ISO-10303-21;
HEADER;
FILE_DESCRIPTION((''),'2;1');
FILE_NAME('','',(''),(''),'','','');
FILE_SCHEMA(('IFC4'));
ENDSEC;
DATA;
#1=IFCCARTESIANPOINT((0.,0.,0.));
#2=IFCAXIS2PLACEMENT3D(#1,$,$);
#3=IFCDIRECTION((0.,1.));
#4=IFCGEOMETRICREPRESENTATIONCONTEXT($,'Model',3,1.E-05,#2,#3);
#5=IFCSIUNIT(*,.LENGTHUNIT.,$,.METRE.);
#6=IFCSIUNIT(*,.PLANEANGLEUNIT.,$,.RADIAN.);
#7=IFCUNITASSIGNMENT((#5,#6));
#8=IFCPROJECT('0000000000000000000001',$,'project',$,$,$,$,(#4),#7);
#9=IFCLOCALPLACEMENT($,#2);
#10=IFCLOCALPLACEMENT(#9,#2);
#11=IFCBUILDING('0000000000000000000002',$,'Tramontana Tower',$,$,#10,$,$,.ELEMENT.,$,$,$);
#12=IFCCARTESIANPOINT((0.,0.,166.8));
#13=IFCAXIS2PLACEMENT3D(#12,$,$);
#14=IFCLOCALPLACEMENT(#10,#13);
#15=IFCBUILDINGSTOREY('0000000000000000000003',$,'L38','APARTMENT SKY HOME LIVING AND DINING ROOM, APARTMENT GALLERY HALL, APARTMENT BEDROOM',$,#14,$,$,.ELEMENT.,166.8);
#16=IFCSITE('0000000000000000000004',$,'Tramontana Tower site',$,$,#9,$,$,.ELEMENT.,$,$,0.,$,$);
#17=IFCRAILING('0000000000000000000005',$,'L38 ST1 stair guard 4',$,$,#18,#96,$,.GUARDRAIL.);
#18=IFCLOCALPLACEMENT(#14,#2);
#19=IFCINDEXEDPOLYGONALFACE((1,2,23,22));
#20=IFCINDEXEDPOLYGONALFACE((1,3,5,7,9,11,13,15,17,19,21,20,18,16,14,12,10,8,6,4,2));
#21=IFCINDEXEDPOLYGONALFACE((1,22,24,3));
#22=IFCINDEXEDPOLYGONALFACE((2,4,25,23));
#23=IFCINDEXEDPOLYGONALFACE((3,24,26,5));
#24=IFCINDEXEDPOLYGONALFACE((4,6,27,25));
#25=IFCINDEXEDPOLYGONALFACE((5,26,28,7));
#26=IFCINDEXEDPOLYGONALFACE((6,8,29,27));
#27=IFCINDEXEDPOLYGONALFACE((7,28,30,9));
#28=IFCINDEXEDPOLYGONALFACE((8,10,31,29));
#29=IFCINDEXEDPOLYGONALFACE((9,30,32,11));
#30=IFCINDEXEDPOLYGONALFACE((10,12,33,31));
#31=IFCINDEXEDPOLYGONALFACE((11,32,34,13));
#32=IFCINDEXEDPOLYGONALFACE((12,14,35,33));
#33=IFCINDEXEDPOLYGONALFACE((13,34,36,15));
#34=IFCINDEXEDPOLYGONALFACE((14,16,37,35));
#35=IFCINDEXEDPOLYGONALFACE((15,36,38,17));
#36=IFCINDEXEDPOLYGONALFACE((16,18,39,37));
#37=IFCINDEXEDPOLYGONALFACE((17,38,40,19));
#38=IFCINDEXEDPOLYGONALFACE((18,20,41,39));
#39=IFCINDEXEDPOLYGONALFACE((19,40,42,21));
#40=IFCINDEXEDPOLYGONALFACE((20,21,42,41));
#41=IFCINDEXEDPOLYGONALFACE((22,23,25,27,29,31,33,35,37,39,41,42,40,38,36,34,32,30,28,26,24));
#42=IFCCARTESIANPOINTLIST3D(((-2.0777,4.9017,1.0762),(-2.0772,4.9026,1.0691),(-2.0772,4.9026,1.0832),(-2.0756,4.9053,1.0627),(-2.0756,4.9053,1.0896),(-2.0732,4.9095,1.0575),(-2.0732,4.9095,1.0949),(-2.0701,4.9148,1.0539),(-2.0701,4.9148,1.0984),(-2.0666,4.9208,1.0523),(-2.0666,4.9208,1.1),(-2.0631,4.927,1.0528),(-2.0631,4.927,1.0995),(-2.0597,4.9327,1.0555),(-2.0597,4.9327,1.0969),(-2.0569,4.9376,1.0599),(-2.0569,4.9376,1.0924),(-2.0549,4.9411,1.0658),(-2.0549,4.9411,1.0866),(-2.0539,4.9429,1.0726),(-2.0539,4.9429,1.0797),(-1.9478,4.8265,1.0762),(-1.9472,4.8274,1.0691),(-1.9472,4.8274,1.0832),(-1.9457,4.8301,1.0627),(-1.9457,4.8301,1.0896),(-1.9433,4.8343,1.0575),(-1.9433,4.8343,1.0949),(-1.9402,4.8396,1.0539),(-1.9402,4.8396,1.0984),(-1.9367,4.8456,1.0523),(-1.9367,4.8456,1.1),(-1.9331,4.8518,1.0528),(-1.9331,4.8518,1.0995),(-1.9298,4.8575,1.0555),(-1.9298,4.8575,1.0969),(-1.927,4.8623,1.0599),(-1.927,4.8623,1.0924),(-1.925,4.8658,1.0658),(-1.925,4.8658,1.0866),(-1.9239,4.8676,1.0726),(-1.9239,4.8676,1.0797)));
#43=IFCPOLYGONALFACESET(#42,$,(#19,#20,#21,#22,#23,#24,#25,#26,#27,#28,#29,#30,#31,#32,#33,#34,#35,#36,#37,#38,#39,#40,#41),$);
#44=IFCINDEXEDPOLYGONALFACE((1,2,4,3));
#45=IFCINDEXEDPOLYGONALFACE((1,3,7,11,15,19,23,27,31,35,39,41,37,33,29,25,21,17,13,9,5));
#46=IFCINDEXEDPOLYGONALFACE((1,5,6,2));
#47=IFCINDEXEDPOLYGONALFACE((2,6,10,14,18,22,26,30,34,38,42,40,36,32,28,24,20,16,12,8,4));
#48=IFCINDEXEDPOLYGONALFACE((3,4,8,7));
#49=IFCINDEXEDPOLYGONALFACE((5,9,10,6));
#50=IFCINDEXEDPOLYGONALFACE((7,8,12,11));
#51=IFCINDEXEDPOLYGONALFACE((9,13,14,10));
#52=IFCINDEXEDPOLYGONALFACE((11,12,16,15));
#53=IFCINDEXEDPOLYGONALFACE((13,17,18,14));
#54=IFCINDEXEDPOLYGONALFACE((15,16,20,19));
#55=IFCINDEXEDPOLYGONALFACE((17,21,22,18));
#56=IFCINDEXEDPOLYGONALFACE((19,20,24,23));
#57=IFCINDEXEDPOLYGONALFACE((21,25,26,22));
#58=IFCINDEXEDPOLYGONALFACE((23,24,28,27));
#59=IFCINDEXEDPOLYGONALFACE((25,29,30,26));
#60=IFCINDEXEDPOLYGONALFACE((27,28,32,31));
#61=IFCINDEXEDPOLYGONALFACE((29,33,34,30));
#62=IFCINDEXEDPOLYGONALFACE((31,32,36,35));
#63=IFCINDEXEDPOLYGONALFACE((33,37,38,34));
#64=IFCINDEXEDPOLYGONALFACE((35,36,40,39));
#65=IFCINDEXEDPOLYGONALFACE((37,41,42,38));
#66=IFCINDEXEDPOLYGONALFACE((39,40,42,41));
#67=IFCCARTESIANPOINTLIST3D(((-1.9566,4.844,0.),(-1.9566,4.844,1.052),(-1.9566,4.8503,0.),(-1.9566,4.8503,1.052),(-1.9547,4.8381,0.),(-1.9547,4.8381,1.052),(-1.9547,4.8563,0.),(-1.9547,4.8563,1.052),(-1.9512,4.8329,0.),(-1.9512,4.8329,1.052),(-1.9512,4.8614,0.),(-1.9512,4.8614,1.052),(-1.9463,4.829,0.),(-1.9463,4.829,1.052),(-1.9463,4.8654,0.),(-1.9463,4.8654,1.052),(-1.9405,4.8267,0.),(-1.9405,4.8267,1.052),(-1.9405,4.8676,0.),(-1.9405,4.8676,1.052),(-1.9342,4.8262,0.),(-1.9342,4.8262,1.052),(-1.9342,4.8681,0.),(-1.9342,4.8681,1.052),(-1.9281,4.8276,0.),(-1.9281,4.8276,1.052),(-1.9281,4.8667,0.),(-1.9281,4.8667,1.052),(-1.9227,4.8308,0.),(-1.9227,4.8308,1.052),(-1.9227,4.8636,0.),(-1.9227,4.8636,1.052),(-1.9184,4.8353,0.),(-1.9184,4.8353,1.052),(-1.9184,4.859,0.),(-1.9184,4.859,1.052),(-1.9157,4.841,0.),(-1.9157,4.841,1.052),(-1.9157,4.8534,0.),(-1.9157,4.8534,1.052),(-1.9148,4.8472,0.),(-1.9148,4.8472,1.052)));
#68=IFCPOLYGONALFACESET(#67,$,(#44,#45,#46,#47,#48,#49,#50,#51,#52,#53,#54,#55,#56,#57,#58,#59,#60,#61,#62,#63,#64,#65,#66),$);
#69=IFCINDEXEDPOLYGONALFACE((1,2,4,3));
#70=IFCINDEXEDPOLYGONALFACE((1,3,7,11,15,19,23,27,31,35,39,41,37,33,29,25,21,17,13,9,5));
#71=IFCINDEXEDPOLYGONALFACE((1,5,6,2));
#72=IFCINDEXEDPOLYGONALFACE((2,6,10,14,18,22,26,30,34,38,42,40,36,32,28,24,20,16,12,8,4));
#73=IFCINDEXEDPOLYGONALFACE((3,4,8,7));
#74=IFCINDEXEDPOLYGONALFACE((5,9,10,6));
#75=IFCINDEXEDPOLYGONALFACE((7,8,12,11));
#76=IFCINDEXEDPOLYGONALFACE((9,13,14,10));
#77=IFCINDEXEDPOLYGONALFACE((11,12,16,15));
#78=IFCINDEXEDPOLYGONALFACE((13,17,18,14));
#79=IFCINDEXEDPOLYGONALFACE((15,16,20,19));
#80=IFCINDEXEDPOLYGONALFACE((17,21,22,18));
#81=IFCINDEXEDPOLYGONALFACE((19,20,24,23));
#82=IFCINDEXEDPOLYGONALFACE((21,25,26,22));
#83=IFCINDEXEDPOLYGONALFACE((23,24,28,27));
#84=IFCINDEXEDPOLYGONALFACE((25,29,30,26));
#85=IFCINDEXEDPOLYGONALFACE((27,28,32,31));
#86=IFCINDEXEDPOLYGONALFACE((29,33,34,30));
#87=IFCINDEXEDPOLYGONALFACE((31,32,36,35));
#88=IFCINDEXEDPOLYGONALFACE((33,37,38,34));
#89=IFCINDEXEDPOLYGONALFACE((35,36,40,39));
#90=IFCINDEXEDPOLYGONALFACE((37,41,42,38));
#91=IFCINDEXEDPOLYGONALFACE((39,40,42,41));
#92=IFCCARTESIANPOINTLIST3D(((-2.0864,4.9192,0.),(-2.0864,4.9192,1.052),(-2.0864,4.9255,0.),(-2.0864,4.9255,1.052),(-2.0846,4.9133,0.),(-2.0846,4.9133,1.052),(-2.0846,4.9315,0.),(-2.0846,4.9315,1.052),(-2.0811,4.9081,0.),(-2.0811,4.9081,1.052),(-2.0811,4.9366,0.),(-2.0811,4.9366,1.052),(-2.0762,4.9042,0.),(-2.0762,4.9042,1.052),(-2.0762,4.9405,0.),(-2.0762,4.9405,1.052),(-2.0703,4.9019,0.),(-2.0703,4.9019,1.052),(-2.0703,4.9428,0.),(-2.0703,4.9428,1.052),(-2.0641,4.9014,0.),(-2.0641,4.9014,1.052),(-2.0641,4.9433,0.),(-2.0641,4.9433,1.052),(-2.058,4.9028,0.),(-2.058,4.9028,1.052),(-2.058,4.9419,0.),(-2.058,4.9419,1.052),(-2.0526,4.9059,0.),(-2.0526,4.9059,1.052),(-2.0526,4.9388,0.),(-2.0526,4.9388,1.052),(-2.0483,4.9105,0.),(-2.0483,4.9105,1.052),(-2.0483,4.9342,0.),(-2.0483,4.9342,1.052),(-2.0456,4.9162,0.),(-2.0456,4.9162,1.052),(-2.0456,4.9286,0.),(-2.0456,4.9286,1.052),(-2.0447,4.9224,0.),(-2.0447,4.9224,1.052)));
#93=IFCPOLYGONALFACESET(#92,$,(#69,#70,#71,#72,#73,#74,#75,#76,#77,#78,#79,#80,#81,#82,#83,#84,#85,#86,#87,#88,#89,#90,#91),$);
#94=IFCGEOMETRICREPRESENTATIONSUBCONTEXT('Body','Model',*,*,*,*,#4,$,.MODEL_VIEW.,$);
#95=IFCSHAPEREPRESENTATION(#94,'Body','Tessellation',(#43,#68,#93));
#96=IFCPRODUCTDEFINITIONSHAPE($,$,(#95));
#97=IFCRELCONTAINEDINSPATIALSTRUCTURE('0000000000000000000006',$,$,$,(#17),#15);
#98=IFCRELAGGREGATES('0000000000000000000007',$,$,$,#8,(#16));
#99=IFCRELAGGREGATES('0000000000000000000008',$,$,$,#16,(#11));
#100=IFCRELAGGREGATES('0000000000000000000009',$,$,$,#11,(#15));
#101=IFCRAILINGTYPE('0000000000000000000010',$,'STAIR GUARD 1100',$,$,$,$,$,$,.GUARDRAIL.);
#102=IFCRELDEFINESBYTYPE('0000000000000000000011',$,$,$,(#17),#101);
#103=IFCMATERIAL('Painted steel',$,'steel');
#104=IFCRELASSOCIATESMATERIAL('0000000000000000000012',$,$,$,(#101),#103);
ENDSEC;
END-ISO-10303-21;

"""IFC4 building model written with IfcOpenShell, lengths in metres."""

from ifc_helpers import new_model, si_unit, direction, frame, origin, origin_2d, place, context, subcontext, project, spatial, circle, extrude, material, type_object, element, save


model = new_model("IFC4")

# Units and contexts
model_context = context("Model", 3, precision=1e-05, world=origin(), true_north=direction((0.0, 1.0)))
body_context = subcontext(model_context, "Body", "Model", "MODEL_VIEW")
ifc_project = project(units=[si_unit("LENGTHUNIT", "METRE"), si_unit("PLANEANGLEUNIT", "RADIAN")], contexts=[model_context])

# Site, building, storey
site_placement = place(None, origin())
site = spatial("IfcSite", under=ifc_project, at=site_placement, Name="Tramontana Tower site", CompositionType="ELEMENT", RefElevation=0.0)
building_placement = place(site_placement, origin())
building = spatial("IfcBuilding", under=site, at=building_placement, Name="Tramontana Tower", CompositionType="ELEMENT")
storey_placement = place(building_placement, frame((0.0, 0.0, 166.8)))
storey = spatial("IfcBuildingStorey", under=building, at=storey_placement, Name="L38", Description="APARTMENT SKY HOME LIVING AND DINING ROOM, APARTMENT GALLERY HALL, APARTMENT BEDROOM", CompositionType="ELEMENT", Elevation=166.8)

# Railing
ifc_material_1 = material(Name="Painted steel", Category="steel")
railing_type_1 = type_object("IfcRailingType", Name="STAIR GUARD 1100", PredefinedType="GUARDRAIL", material=ifc_material_1)
railing_1_placement = place(storey_placement, frame((-1.9358, 4.8472, 0.0)))
element("IfcRailing", 1, at=railing_1_placement, inside=storey, type_object=railing_type_1, Name="L38 ST1 stair guard 4", PredefinedType="GUARDRAIL", context=body_context, shape_type="SweptSolid", body=[
    extrude(circle(Radius=0.0239, at=origin_2d()), frame((0.0, 0.0, 1.0762), z_axis=(-0.865426, 0.501036, 0.0), x_axis=(-0.501036, -0.865426, 0.0)), (0.0, 0.0, 1.0), 0.1501),
    extrude(circle(Radius=0.021, at=origin_2d()), origin(), (0.0, 0.0, 1.0), 1.052),
    extrude(circle(Radius=0.021, at=origin_2d()), frame((-0.1299, 0.0752, 0.0)), (0.0, 0.0, 1.0), 1.052),
])

save(model, "model.ifc")
